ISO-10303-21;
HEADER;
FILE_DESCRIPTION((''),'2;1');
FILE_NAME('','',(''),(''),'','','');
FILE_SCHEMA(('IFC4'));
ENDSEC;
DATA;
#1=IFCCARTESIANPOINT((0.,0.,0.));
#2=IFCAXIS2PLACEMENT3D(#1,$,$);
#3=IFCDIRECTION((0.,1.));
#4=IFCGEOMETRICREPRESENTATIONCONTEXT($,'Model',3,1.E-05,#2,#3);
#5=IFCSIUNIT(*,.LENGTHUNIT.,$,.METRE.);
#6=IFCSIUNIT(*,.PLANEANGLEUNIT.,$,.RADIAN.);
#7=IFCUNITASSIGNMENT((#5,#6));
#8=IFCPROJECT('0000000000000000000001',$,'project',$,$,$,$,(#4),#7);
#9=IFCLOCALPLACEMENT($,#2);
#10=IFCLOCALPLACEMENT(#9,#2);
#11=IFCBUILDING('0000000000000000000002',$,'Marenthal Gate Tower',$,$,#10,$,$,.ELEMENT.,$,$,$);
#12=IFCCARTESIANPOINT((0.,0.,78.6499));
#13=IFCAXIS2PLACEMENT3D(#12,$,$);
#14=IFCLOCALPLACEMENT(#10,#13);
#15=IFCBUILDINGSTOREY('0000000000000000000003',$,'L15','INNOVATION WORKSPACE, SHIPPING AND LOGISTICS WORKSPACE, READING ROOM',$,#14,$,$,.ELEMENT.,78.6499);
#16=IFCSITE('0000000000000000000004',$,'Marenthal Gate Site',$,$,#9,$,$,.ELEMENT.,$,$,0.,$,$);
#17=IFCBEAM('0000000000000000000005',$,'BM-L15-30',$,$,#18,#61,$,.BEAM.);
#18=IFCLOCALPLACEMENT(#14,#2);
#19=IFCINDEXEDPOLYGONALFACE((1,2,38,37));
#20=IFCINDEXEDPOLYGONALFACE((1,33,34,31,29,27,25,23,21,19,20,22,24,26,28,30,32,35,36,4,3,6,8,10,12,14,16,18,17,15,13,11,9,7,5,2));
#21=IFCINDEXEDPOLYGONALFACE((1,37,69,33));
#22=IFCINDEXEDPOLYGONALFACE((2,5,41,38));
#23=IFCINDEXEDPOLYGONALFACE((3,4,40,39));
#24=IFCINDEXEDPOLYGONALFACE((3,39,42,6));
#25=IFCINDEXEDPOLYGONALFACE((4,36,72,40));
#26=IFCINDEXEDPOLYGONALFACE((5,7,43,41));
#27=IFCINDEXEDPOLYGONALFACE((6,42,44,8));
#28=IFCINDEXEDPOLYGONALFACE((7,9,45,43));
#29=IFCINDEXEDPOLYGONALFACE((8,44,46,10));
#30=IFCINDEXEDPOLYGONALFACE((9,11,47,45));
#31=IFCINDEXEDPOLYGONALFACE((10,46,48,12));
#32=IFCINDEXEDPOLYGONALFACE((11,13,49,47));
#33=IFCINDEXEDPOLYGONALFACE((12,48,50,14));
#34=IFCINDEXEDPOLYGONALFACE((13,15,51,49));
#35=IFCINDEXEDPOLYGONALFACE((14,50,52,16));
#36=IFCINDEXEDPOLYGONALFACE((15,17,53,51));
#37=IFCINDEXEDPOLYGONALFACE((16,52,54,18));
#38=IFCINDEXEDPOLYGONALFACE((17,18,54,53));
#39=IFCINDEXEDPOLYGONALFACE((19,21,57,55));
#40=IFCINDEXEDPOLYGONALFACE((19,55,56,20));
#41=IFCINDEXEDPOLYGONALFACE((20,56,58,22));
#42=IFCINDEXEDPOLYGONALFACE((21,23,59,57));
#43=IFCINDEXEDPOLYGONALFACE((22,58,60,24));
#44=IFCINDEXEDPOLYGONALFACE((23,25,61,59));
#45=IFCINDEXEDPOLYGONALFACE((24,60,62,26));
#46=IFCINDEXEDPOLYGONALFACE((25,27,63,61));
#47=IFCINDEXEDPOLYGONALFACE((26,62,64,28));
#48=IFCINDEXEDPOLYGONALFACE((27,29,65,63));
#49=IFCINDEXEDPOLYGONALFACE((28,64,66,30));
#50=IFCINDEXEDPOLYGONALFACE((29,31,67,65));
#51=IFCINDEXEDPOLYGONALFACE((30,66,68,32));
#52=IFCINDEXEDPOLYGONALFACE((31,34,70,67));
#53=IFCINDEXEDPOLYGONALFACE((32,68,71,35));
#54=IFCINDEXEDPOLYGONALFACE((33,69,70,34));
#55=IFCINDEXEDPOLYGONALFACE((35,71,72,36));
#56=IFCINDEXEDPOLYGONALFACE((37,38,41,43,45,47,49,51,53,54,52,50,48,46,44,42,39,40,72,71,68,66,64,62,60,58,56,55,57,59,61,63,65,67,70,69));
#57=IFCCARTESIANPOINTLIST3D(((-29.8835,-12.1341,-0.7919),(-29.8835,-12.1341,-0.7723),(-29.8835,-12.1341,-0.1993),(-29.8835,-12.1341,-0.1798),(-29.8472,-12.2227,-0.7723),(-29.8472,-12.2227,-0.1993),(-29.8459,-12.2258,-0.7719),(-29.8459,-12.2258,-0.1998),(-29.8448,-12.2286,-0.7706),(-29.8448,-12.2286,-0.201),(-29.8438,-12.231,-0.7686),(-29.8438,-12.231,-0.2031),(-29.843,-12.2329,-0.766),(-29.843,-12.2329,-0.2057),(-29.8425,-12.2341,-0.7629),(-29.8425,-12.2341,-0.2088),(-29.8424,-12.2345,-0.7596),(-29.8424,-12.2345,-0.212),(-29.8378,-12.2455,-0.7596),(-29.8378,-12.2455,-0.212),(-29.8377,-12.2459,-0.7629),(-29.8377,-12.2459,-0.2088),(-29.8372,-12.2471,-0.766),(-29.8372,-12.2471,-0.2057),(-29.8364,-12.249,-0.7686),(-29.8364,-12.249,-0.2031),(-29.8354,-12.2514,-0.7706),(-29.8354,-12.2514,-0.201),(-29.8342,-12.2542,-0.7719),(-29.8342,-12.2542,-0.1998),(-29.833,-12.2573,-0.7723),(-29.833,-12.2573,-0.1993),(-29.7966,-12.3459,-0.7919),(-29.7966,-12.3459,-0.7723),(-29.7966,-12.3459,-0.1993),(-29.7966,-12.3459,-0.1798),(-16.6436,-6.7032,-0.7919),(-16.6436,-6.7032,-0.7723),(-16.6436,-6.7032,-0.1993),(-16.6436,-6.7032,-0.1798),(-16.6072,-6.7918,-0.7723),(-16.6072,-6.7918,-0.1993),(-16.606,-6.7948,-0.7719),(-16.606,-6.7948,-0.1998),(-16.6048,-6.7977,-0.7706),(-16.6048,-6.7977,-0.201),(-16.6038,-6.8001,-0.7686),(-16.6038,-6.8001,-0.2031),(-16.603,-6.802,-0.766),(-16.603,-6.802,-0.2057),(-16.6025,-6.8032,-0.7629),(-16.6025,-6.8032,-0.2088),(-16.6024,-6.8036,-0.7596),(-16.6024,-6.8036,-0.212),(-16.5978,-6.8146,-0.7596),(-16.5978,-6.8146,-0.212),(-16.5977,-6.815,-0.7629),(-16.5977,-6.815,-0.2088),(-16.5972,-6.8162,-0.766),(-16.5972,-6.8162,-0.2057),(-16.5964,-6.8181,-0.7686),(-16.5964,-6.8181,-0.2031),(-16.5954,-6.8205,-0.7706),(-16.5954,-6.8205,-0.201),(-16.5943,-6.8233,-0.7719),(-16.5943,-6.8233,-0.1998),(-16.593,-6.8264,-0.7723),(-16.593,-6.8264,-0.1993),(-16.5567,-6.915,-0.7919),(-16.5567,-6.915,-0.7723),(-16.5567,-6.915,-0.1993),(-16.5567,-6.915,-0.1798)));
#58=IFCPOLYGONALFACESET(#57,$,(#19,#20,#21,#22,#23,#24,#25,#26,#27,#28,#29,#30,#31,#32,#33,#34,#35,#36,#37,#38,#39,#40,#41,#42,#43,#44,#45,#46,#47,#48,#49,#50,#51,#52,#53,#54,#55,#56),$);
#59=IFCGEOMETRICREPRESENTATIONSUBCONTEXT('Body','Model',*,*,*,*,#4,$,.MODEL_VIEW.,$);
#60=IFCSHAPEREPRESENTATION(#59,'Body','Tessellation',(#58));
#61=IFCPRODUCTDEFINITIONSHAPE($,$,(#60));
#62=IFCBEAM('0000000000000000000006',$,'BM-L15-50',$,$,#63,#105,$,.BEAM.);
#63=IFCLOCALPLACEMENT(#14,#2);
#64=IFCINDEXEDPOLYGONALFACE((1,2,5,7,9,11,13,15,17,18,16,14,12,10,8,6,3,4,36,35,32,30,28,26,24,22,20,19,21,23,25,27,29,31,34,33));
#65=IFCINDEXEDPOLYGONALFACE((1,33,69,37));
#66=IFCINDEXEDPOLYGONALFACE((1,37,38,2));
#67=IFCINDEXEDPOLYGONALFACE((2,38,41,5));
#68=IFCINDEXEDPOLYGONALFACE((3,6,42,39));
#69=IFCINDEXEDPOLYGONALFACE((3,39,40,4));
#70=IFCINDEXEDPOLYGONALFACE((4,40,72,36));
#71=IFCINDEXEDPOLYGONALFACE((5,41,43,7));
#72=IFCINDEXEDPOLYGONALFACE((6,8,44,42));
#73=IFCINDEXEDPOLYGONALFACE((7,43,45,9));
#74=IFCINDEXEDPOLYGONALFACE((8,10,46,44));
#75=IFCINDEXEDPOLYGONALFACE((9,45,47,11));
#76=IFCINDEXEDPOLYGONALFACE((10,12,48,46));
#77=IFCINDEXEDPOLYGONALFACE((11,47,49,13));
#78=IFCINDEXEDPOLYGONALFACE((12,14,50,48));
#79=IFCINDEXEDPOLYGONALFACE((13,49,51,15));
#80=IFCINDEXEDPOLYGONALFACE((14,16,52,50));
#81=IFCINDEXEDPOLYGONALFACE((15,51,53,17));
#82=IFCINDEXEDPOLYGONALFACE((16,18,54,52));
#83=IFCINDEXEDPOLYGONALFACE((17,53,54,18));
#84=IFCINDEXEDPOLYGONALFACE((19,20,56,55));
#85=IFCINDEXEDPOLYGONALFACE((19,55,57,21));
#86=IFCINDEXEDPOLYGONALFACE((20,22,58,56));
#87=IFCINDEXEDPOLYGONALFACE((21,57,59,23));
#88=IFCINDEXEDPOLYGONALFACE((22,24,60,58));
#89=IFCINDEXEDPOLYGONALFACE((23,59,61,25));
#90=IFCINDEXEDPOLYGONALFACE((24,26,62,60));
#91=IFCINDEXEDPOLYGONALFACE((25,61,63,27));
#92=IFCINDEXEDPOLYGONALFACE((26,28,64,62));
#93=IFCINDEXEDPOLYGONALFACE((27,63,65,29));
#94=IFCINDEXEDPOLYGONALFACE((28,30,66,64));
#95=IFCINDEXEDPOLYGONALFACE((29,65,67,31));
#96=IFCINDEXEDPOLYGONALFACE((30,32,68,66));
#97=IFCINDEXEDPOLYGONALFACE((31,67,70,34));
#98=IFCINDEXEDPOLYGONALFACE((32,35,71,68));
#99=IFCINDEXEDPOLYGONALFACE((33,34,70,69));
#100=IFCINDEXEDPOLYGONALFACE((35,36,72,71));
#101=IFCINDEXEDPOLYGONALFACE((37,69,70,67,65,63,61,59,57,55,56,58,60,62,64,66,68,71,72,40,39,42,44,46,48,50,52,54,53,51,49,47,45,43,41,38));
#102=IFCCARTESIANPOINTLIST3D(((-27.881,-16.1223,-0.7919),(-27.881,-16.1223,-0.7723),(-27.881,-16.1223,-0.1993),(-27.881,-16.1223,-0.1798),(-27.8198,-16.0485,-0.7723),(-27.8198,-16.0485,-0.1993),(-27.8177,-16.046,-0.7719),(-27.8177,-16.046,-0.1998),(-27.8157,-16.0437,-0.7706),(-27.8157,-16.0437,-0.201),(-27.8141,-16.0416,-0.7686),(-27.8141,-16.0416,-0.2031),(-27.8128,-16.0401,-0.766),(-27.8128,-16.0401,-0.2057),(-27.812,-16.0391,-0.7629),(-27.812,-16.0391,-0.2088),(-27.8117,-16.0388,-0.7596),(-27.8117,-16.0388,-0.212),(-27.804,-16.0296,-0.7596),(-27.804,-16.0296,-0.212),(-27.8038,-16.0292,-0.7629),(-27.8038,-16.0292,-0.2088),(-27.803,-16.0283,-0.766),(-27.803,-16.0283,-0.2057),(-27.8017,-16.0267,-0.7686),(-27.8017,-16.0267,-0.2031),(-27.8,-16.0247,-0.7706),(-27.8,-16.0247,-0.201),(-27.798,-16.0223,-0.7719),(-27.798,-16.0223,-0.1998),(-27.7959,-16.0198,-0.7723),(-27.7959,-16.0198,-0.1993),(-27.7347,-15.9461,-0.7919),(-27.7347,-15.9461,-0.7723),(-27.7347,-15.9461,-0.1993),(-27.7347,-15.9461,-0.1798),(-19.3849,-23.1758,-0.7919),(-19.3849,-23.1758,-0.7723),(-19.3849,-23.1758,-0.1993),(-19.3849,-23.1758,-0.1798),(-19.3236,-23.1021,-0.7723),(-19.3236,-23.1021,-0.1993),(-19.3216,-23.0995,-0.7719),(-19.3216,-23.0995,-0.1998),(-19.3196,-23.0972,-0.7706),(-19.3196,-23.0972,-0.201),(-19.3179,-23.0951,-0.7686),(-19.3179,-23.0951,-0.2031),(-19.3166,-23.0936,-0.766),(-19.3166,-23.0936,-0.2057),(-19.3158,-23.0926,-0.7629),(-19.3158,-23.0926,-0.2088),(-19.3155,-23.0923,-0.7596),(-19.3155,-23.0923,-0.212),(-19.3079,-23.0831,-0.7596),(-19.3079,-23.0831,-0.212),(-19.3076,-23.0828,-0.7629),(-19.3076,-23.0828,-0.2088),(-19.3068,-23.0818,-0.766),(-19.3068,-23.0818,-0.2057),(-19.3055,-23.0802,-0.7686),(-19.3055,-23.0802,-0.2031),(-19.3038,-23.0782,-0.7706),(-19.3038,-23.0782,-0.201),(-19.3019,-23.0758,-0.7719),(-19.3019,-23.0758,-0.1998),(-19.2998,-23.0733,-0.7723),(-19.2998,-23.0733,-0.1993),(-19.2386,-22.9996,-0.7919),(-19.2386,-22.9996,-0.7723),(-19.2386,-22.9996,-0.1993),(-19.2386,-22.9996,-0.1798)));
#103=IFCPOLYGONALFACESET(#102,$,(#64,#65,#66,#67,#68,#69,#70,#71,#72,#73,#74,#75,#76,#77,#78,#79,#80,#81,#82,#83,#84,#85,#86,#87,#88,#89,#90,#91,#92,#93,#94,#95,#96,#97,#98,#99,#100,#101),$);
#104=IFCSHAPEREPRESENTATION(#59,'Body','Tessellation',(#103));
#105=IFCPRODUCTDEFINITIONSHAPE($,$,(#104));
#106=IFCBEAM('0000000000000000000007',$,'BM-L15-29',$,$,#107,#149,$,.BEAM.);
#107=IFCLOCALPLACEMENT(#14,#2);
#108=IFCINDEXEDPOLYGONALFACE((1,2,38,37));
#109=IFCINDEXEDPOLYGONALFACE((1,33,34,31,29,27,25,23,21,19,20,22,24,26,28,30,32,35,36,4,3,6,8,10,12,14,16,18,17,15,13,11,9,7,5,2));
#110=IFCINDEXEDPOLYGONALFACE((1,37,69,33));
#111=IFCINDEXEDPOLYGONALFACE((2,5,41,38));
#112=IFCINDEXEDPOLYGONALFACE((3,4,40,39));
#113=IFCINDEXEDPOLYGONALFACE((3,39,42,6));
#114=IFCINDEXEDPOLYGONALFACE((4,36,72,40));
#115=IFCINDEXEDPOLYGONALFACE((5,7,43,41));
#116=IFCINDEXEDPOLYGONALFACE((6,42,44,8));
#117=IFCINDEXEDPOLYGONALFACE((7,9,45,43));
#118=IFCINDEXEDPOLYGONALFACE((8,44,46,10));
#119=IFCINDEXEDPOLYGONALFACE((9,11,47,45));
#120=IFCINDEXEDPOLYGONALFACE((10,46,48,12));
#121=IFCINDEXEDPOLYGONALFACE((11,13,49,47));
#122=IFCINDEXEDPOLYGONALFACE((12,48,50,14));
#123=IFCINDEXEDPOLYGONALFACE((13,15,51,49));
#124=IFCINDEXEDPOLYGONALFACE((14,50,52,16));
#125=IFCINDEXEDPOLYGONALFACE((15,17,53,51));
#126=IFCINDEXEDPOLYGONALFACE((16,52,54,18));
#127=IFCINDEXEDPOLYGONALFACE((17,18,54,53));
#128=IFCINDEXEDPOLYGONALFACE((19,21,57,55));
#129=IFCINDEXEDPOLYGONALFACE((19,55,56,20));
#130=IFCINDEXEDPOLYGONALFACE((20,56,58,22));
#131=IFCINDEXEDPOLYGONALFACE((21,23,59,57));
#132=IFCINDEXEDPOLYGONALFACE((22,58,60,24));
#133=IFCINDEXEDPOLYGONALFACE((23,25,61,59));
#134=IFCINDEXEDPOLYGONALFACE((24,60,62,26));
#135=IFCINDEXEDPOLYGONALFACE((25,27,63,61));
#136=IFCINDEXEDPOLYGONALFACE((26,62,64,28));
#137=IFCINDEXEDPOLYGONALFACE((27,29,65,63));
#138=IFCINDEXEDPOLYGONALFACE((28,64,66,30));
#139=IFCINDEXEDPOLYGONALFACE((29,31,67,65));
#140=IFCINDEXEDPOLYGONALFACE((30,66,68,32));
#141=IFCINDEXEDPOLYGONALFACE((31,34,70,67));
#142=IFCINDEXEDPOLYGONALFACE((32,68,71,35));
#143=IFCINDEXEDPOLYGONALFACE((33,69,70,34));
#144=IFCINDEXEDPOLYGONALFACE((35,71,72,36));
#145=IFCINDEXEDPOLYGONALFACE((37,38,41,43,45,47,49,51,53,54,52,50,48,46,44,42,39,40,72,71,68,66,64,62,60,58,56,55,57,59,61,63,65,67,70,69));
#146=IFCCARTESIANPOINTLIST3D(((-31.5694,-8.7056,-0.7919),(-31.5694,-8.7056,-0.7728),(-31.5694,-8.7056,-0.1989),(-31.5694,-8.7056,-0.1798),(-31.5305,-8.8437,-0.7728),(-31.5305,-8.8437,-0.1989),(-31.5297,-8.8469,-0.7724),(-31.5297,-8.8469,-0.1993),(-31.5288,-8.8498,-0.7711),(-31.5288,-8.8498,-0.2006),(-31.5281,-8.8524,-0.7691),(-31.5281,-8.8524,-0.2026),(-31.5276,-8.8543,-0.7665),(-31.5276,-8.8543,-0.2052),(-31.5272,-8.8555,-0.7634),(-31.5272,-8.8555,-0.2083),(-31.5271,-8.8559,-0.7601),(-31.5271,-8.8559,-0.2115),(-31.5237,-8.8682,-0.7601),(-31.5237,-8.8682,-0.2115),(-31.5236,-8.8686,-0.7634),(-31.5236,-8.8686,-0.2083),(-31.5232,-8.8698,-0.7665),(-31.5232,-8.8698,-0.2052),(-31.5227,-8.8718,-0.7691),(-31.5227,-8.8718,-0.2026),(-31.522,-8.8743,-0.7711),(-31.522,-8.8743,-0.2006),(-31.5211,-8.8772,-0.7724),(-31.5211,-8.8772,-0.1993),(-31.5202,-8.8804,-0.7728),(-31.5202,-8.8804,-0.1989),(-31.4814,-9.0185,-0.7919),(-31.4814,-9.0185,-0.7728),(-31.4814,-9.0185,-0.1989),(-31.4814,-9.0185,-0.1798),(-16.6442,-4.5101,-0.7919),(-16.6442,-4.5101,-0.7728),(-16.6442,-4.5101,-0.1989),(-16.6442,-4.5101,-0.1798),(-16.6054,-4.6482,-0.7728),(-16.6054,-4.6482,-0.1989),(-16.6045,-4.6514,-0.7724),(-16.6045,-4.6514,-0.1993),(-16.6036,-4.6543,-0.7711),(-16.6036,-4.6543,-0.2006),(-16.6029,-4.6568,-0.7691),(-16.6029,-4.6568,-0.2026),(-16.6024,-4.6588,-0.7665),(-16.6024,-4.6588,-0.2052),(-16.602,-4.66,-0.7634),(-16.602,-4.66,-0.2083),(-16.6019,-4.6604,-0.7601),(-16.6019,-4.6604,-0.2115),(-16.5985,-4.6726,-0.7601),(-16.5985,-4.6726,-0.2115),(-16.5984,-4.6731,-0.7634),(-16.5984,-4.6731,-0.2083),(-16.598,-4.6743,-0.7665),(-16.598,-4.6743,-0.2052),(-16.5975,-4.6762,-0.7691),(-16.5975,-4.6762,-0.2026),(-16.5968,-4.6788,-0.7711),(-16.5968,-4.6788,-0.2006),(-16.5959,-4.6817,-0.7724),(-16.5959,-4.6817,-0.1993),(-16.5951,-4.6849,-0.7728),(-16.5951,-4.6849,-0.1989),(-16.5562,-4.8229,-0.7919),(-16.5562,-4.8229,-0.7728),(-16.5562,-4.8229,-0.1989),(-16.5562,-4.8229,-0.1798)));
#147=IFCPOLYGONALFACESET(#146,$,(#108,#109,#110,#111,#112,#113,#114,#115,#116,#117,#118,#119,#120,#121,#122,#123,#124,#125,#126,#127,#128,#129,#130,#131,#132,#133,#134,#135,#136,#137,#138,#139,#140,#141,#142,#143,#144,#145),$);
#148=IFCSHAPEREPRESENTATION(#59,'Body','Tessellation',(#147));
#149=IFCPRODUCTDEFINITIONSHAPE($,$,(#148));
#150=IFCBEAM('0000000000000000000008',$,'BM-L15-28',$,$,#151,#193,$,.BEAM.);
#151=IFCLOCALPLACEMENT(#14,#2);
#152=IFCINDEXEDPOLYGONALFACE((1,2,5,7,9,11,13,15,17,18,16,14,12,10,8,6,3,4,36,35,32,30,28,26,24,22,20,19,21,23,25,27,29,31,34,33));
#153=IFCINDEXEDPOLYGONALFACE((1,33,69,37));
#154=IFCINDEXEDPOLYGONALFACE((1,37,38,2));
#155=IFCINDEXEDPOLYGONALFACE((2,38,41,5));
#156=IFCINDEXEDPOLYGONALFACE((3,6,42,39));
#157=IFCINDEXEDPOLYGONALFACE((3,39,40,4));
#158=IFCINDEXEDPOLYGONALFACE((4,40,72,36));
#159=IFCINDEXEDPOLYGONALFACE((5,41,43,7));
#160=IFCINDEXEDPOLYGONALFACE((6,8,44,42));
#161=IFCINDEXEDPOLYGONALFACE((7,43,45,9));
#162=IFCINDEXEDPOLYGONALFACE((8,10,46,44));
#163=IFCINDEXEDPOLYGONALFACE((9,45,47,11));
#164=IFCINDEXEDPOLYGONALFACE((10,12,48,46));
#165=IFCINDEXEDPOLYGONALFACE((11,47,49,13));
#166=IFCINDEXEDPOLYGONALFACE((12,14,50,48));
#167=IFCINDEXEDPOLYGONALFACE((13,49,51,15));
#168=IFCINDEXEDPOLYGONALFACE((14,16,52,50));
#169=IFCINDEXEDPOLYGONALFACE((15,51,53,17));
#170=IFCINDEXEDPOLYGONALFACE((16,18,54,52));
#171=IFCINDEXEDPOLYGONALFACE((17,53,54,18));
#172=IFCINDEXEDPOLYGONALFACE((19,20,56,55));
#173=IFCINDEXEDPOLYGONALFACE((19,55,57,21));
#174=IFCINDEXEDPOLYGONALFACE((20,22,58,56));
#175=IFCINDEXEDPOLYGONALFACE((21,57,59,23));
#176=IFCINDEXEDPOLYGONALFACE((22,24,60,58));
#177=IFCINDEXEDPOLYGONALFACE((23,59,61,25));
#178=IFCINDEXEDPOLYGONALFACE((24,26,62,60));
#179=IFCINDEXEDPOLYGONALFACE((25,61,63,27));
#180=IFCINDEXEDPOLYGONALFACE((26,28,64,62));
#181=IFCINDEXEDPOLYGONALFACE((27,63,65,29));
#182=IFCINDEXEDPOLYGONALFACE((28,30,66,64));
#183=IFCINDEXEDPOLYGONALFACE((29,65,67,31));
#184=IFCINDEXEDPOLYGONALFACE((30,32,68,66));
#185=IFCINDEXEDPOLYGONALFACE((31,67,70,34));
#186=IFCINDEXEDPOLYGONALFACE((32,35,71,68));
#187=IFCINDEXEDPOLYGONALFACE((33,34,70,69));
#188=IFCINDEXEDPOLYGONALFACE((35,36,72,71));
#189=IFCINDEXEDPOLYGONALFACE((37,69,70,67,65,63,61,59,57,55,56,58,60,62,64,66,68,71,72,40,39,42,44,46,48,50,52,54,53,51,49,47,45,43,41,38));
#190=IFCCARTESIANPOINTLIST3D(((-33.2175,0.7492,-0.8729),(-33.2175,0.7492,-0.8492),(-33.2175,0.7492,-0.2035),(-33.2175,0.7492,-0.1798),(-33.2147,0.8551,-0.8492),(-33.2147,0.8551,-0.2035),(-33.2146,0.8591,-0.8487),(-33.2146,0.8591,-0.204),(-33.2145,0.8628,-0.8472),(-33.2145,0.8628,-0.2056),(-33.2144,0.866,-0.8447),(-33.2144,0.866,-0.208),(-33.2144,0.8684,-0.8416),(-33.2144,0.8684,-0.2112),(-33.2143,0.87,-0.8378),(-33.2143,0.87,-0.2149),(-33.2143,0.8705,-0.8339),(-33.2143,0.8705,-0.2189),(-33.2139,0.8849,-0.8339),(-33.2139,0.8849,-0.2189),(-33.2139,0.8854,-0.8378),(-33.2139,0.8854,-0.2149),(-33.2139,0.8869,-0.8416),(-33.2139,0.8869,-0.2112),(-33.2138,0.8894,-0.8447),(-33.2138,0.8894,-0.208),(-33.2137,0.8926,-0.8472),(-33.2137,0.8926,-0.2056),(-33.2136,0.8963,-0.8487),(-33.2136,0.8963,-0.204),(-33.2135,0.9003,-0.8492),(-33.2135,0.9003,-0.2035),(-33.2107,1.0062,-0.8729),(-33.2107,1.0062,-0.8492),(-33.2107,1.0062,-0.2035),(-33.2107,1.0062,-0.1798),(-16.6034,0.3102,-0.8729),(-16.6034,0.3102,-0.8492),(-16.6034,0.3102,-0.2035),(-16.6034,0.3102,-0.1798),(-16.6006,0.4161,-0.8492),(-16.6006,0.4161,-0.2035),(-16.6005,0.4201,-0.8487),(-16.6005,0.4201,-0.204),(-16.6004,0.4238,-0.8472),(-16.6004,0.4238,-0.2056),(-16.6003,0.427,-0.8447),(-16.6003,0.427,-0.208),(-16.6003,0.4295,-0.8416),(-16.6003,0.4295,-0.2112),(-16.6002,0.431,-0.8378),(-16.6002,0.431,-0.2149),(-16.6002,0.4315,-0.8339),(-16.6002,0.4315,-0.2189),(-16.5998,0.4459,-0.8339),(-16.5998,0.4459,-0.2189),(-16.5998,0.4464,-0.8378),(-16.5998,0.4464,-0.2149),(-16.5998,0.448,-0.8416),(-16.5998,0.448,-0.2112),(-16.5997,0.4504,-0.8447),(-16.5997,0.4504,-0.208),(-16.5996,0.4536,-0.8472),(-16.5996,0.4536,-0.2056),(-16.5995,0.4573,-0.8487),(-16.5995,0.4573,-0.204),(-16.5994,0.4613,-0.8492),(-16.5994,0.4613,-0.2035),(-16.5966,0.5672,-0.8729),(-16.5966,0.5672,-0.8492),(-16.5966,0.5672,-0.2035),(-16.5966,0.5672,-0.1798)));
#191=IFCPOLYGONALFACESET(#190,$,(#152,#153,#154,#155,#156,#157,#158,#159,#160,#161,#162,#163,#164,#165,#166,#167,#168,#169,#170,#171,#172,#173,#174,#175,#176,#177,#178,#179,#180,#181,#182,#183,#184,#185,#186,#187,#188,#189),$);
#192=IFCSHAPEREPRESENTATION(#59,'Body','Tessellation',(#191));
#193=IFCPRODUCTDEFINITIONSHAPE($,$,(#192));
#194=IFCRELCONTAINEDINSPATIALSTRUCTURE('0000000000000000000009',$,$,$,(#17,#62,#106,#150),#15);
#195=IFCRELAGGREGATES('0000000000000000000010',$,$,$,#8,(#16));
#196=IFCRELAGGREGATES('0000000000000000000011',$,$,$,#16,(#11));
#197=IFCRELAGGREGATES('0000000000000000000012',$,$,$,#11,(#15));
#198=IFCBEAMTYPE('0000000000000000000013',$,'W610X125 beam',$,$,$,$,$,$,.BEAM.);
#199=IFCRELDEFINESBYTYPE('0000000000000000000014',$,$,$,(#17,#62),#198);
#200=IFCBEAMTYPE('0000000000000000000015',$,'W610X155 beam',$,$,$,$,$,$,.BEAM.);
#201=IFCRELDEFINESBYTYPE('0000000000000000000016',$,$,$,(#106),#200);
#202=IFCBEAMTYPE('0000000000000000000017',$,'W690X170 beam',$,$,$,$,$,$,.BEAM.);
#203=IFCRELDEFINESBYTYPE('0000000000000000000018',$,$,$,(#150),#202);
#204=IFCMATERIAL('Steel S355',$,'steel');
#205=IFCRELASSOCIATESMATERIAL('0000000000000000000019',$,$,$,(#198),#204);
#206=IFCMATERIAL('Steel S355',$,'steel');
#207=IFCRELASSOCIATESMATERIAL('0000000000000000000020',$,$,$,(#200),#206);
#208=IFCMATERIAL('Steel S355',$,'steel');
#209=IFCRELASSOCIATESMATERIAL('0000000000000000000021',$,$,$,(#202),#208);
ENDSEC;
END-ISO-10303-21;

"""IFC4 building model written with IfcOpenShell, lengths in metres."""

from ifc_helpers import new_model, si_unit, direction, frame, origin, origin_2d, place, context, subcontext, project, spatial, i_section, extrude, material, material_profile, profile_set, type_object, element, save


model = new_model("IFC4")

# Units and contexts
model_context = context("Model", 3, precision=1e-05, world=origin(), true_north=direction((0.0, 1.0)))
body_context = subcontext(model_context, "Body", "Model", "MODEL_VIEW")
ifc_project = project(units=[si_unit("LENGTHUNIT", "METRE"), si_unit("PLANEANGLEUNIT", "RADIAN")], contexts=[model_context])

# Site, building, storey
site_placement = place(None, origin())
site = spatial("IfcSite", under=ifc_project, at=site_placement, Name="Marenthal Gate Site", CompositionType="ELEMENT", RefElevation=0.0)
building_placement = place(site_placement, origin())
building = spatial("IfcBuilding", under=site, at=building_placement, Name="Marenthal Gate Tower", CompositionType="ELEMENT")
storey_placement = place(building_placement, frame((0.0, 0.0, 78.6499)))
storey = spatial("IfcBuildingStorey", under=building, at=storey_placement, Name="L15", Description="INNOVATION WORKSPACE, SHIPPING AND LOGISTICS WORKSPACE, READING ROOM", CompositionType="ELEMENT", Elevation=78.6499)

# Beams
ifc_material_1 = material(Name="Steel S355", Category="steel")
ifc_material_profile_1 = material_profile(ifc_material_1, i_section(OverallWidth=0.229, OverallDepth=0.6121, WebThickness=0.012, FlangeThickness=0.0195, FilletRadius=0.0127, at=origin_2d()), Name="W610X125")
ifc_profile_set_1 = profile_set([ifc_material_profile_1], Name="Steel S355")
beam_type_1 = type_object("IfcBeamType", Name="W610X125 beam", PredefinedType="BEAM", material=ifc_profile_set_1)
beam_1_placement = place(storey_placement, frame((-29.8401, -12.24, -0.4858), z_axis=(0.92519, 0.379504, 0.0), x_axis=(-0.379504, 0.92519, 0.0)))
element("IfcBeam", 1, at=beam_1_placement, inside=storey, type_object=beam_type_1, Name="BM-L15-30", PredefinedType="BEAM", context=body_context, shape_type="SweptSolid", body=[
    extrude(i_section(OverallWidth=0.229, OverallDepth=0.6121, WebThickness=0.012, FlangeThickness=0.0195, FilletRadius=0.0127, at=origin_2d()), origin(), (0.0, 0.0, 1.0), 14.3105),
])
beam_2_placement = place(storey_placement, frame((-27.8079, -16.0342, -0.4858), z_axis=(0.769405, -0.638761, 0.0), x_axis=(0.638761, 0.769405, 0.0)))
element("IfcBeam", 2, at=beam_2_placement, inside=storey, type_object=beam_type_1, Name="BM-L15-50", PredefinedType="BEAM", context=body_context, shape_type="SweptSolid", body=[
    extrude(i_section(OverallWidth=0.229, OverallDepth=0.6121, WebThickness=0.012, FlangeThickness=0.0195, FilletRadius=0.0127, at=origin_2d()), origin(), (0.0, 0.0, 1.0), 11.0425),
])
ifc_material_2 = material(Name="Steel S355", Category="steel")
ifc_material_profile_2 = material_profile(ifc_material_2, i_section(OverallWidth=0.325, OverallDepth=0.6121, WebThickness=0.0127, FlangeThickness=0.019, FilletRadius=0.0127, at=origin_2d()), Name="W610X155")
ifc_profile_set_2 = profile_set([ifc_material_profile_2], Name="Steel S355")
beam_type_2 = type_object("IfcBeamType", Name="W610X155 beam", PredefinedType="BEAM", material=ifc_profile_set_2)
beam_3_placement = place(storey_placement, frame((-31.5254, -8.8621, -0.4858), z_axis=(0.962688, 0.270615, 0.0), x_axis=(-0.270615, 0.962688, 0.0)))
element("IfcBeam", 3, at=beam_3_placement, inside=storey, type_object=beam_type_2, Name="BM-L15-29", PredefinedType="BEAM", context=body_context, shape_type="SweptSolid", body=[
    extrude(i_section(OverallWidth=0.325, OverallDepth=0.6121, WebThickness=0.0127, FlangeThickness=0.019, FilletRadius=0.0127, at=origin_2d()), origin(), (0.0, 0.0, 1.0), 15.5037),
])
ifc_material_3 = material(Name="Steel S355", Category="steel")
ifc_material_profile_3 = material_profile(ifc_material_3, i_section(OverallWidth=0.2571, OverallDepth=0.6931, WebThickness=0.0144, FlangeThickness=0.0237, FilletRadius=0.0154, at=origin_2d()), Name="W690X170")
ifc_profile_set_3 = profile_set([ifc_material_profile_3], Name="Steel S355")
beam_type_3 = type_object("IfcBeamType", Name="W690X170 beam", PredefinedType="BEAM", material=ifc_profile_set_3)
beam_4_placement = place(storey_placement, frame((-33.2141, 0.8777, -0.5264), z_axis=(0.999651, -0.026412, 0.0), x_axis=(0.026412, 0.999651, 0.0)))
element("IfcBeam", 4, at=beam_4_placement, inside=storey, type_object=beam_type_3, Name="BM-L15-28", PredefinedType="BEAM", context=body_context, shape_type="SweptSolid", body=[
    extrude(i_section(OverallWidth=0.2571, OverallDepth=0.6931, WebThickness=0.0144, FlangeThickness=0.0237, FilletRadius=0.0154, at=origin_2d()), origin(), (0.0, 0.0, 1.0), 16.6199),
])

save(model, "model.ifc")
